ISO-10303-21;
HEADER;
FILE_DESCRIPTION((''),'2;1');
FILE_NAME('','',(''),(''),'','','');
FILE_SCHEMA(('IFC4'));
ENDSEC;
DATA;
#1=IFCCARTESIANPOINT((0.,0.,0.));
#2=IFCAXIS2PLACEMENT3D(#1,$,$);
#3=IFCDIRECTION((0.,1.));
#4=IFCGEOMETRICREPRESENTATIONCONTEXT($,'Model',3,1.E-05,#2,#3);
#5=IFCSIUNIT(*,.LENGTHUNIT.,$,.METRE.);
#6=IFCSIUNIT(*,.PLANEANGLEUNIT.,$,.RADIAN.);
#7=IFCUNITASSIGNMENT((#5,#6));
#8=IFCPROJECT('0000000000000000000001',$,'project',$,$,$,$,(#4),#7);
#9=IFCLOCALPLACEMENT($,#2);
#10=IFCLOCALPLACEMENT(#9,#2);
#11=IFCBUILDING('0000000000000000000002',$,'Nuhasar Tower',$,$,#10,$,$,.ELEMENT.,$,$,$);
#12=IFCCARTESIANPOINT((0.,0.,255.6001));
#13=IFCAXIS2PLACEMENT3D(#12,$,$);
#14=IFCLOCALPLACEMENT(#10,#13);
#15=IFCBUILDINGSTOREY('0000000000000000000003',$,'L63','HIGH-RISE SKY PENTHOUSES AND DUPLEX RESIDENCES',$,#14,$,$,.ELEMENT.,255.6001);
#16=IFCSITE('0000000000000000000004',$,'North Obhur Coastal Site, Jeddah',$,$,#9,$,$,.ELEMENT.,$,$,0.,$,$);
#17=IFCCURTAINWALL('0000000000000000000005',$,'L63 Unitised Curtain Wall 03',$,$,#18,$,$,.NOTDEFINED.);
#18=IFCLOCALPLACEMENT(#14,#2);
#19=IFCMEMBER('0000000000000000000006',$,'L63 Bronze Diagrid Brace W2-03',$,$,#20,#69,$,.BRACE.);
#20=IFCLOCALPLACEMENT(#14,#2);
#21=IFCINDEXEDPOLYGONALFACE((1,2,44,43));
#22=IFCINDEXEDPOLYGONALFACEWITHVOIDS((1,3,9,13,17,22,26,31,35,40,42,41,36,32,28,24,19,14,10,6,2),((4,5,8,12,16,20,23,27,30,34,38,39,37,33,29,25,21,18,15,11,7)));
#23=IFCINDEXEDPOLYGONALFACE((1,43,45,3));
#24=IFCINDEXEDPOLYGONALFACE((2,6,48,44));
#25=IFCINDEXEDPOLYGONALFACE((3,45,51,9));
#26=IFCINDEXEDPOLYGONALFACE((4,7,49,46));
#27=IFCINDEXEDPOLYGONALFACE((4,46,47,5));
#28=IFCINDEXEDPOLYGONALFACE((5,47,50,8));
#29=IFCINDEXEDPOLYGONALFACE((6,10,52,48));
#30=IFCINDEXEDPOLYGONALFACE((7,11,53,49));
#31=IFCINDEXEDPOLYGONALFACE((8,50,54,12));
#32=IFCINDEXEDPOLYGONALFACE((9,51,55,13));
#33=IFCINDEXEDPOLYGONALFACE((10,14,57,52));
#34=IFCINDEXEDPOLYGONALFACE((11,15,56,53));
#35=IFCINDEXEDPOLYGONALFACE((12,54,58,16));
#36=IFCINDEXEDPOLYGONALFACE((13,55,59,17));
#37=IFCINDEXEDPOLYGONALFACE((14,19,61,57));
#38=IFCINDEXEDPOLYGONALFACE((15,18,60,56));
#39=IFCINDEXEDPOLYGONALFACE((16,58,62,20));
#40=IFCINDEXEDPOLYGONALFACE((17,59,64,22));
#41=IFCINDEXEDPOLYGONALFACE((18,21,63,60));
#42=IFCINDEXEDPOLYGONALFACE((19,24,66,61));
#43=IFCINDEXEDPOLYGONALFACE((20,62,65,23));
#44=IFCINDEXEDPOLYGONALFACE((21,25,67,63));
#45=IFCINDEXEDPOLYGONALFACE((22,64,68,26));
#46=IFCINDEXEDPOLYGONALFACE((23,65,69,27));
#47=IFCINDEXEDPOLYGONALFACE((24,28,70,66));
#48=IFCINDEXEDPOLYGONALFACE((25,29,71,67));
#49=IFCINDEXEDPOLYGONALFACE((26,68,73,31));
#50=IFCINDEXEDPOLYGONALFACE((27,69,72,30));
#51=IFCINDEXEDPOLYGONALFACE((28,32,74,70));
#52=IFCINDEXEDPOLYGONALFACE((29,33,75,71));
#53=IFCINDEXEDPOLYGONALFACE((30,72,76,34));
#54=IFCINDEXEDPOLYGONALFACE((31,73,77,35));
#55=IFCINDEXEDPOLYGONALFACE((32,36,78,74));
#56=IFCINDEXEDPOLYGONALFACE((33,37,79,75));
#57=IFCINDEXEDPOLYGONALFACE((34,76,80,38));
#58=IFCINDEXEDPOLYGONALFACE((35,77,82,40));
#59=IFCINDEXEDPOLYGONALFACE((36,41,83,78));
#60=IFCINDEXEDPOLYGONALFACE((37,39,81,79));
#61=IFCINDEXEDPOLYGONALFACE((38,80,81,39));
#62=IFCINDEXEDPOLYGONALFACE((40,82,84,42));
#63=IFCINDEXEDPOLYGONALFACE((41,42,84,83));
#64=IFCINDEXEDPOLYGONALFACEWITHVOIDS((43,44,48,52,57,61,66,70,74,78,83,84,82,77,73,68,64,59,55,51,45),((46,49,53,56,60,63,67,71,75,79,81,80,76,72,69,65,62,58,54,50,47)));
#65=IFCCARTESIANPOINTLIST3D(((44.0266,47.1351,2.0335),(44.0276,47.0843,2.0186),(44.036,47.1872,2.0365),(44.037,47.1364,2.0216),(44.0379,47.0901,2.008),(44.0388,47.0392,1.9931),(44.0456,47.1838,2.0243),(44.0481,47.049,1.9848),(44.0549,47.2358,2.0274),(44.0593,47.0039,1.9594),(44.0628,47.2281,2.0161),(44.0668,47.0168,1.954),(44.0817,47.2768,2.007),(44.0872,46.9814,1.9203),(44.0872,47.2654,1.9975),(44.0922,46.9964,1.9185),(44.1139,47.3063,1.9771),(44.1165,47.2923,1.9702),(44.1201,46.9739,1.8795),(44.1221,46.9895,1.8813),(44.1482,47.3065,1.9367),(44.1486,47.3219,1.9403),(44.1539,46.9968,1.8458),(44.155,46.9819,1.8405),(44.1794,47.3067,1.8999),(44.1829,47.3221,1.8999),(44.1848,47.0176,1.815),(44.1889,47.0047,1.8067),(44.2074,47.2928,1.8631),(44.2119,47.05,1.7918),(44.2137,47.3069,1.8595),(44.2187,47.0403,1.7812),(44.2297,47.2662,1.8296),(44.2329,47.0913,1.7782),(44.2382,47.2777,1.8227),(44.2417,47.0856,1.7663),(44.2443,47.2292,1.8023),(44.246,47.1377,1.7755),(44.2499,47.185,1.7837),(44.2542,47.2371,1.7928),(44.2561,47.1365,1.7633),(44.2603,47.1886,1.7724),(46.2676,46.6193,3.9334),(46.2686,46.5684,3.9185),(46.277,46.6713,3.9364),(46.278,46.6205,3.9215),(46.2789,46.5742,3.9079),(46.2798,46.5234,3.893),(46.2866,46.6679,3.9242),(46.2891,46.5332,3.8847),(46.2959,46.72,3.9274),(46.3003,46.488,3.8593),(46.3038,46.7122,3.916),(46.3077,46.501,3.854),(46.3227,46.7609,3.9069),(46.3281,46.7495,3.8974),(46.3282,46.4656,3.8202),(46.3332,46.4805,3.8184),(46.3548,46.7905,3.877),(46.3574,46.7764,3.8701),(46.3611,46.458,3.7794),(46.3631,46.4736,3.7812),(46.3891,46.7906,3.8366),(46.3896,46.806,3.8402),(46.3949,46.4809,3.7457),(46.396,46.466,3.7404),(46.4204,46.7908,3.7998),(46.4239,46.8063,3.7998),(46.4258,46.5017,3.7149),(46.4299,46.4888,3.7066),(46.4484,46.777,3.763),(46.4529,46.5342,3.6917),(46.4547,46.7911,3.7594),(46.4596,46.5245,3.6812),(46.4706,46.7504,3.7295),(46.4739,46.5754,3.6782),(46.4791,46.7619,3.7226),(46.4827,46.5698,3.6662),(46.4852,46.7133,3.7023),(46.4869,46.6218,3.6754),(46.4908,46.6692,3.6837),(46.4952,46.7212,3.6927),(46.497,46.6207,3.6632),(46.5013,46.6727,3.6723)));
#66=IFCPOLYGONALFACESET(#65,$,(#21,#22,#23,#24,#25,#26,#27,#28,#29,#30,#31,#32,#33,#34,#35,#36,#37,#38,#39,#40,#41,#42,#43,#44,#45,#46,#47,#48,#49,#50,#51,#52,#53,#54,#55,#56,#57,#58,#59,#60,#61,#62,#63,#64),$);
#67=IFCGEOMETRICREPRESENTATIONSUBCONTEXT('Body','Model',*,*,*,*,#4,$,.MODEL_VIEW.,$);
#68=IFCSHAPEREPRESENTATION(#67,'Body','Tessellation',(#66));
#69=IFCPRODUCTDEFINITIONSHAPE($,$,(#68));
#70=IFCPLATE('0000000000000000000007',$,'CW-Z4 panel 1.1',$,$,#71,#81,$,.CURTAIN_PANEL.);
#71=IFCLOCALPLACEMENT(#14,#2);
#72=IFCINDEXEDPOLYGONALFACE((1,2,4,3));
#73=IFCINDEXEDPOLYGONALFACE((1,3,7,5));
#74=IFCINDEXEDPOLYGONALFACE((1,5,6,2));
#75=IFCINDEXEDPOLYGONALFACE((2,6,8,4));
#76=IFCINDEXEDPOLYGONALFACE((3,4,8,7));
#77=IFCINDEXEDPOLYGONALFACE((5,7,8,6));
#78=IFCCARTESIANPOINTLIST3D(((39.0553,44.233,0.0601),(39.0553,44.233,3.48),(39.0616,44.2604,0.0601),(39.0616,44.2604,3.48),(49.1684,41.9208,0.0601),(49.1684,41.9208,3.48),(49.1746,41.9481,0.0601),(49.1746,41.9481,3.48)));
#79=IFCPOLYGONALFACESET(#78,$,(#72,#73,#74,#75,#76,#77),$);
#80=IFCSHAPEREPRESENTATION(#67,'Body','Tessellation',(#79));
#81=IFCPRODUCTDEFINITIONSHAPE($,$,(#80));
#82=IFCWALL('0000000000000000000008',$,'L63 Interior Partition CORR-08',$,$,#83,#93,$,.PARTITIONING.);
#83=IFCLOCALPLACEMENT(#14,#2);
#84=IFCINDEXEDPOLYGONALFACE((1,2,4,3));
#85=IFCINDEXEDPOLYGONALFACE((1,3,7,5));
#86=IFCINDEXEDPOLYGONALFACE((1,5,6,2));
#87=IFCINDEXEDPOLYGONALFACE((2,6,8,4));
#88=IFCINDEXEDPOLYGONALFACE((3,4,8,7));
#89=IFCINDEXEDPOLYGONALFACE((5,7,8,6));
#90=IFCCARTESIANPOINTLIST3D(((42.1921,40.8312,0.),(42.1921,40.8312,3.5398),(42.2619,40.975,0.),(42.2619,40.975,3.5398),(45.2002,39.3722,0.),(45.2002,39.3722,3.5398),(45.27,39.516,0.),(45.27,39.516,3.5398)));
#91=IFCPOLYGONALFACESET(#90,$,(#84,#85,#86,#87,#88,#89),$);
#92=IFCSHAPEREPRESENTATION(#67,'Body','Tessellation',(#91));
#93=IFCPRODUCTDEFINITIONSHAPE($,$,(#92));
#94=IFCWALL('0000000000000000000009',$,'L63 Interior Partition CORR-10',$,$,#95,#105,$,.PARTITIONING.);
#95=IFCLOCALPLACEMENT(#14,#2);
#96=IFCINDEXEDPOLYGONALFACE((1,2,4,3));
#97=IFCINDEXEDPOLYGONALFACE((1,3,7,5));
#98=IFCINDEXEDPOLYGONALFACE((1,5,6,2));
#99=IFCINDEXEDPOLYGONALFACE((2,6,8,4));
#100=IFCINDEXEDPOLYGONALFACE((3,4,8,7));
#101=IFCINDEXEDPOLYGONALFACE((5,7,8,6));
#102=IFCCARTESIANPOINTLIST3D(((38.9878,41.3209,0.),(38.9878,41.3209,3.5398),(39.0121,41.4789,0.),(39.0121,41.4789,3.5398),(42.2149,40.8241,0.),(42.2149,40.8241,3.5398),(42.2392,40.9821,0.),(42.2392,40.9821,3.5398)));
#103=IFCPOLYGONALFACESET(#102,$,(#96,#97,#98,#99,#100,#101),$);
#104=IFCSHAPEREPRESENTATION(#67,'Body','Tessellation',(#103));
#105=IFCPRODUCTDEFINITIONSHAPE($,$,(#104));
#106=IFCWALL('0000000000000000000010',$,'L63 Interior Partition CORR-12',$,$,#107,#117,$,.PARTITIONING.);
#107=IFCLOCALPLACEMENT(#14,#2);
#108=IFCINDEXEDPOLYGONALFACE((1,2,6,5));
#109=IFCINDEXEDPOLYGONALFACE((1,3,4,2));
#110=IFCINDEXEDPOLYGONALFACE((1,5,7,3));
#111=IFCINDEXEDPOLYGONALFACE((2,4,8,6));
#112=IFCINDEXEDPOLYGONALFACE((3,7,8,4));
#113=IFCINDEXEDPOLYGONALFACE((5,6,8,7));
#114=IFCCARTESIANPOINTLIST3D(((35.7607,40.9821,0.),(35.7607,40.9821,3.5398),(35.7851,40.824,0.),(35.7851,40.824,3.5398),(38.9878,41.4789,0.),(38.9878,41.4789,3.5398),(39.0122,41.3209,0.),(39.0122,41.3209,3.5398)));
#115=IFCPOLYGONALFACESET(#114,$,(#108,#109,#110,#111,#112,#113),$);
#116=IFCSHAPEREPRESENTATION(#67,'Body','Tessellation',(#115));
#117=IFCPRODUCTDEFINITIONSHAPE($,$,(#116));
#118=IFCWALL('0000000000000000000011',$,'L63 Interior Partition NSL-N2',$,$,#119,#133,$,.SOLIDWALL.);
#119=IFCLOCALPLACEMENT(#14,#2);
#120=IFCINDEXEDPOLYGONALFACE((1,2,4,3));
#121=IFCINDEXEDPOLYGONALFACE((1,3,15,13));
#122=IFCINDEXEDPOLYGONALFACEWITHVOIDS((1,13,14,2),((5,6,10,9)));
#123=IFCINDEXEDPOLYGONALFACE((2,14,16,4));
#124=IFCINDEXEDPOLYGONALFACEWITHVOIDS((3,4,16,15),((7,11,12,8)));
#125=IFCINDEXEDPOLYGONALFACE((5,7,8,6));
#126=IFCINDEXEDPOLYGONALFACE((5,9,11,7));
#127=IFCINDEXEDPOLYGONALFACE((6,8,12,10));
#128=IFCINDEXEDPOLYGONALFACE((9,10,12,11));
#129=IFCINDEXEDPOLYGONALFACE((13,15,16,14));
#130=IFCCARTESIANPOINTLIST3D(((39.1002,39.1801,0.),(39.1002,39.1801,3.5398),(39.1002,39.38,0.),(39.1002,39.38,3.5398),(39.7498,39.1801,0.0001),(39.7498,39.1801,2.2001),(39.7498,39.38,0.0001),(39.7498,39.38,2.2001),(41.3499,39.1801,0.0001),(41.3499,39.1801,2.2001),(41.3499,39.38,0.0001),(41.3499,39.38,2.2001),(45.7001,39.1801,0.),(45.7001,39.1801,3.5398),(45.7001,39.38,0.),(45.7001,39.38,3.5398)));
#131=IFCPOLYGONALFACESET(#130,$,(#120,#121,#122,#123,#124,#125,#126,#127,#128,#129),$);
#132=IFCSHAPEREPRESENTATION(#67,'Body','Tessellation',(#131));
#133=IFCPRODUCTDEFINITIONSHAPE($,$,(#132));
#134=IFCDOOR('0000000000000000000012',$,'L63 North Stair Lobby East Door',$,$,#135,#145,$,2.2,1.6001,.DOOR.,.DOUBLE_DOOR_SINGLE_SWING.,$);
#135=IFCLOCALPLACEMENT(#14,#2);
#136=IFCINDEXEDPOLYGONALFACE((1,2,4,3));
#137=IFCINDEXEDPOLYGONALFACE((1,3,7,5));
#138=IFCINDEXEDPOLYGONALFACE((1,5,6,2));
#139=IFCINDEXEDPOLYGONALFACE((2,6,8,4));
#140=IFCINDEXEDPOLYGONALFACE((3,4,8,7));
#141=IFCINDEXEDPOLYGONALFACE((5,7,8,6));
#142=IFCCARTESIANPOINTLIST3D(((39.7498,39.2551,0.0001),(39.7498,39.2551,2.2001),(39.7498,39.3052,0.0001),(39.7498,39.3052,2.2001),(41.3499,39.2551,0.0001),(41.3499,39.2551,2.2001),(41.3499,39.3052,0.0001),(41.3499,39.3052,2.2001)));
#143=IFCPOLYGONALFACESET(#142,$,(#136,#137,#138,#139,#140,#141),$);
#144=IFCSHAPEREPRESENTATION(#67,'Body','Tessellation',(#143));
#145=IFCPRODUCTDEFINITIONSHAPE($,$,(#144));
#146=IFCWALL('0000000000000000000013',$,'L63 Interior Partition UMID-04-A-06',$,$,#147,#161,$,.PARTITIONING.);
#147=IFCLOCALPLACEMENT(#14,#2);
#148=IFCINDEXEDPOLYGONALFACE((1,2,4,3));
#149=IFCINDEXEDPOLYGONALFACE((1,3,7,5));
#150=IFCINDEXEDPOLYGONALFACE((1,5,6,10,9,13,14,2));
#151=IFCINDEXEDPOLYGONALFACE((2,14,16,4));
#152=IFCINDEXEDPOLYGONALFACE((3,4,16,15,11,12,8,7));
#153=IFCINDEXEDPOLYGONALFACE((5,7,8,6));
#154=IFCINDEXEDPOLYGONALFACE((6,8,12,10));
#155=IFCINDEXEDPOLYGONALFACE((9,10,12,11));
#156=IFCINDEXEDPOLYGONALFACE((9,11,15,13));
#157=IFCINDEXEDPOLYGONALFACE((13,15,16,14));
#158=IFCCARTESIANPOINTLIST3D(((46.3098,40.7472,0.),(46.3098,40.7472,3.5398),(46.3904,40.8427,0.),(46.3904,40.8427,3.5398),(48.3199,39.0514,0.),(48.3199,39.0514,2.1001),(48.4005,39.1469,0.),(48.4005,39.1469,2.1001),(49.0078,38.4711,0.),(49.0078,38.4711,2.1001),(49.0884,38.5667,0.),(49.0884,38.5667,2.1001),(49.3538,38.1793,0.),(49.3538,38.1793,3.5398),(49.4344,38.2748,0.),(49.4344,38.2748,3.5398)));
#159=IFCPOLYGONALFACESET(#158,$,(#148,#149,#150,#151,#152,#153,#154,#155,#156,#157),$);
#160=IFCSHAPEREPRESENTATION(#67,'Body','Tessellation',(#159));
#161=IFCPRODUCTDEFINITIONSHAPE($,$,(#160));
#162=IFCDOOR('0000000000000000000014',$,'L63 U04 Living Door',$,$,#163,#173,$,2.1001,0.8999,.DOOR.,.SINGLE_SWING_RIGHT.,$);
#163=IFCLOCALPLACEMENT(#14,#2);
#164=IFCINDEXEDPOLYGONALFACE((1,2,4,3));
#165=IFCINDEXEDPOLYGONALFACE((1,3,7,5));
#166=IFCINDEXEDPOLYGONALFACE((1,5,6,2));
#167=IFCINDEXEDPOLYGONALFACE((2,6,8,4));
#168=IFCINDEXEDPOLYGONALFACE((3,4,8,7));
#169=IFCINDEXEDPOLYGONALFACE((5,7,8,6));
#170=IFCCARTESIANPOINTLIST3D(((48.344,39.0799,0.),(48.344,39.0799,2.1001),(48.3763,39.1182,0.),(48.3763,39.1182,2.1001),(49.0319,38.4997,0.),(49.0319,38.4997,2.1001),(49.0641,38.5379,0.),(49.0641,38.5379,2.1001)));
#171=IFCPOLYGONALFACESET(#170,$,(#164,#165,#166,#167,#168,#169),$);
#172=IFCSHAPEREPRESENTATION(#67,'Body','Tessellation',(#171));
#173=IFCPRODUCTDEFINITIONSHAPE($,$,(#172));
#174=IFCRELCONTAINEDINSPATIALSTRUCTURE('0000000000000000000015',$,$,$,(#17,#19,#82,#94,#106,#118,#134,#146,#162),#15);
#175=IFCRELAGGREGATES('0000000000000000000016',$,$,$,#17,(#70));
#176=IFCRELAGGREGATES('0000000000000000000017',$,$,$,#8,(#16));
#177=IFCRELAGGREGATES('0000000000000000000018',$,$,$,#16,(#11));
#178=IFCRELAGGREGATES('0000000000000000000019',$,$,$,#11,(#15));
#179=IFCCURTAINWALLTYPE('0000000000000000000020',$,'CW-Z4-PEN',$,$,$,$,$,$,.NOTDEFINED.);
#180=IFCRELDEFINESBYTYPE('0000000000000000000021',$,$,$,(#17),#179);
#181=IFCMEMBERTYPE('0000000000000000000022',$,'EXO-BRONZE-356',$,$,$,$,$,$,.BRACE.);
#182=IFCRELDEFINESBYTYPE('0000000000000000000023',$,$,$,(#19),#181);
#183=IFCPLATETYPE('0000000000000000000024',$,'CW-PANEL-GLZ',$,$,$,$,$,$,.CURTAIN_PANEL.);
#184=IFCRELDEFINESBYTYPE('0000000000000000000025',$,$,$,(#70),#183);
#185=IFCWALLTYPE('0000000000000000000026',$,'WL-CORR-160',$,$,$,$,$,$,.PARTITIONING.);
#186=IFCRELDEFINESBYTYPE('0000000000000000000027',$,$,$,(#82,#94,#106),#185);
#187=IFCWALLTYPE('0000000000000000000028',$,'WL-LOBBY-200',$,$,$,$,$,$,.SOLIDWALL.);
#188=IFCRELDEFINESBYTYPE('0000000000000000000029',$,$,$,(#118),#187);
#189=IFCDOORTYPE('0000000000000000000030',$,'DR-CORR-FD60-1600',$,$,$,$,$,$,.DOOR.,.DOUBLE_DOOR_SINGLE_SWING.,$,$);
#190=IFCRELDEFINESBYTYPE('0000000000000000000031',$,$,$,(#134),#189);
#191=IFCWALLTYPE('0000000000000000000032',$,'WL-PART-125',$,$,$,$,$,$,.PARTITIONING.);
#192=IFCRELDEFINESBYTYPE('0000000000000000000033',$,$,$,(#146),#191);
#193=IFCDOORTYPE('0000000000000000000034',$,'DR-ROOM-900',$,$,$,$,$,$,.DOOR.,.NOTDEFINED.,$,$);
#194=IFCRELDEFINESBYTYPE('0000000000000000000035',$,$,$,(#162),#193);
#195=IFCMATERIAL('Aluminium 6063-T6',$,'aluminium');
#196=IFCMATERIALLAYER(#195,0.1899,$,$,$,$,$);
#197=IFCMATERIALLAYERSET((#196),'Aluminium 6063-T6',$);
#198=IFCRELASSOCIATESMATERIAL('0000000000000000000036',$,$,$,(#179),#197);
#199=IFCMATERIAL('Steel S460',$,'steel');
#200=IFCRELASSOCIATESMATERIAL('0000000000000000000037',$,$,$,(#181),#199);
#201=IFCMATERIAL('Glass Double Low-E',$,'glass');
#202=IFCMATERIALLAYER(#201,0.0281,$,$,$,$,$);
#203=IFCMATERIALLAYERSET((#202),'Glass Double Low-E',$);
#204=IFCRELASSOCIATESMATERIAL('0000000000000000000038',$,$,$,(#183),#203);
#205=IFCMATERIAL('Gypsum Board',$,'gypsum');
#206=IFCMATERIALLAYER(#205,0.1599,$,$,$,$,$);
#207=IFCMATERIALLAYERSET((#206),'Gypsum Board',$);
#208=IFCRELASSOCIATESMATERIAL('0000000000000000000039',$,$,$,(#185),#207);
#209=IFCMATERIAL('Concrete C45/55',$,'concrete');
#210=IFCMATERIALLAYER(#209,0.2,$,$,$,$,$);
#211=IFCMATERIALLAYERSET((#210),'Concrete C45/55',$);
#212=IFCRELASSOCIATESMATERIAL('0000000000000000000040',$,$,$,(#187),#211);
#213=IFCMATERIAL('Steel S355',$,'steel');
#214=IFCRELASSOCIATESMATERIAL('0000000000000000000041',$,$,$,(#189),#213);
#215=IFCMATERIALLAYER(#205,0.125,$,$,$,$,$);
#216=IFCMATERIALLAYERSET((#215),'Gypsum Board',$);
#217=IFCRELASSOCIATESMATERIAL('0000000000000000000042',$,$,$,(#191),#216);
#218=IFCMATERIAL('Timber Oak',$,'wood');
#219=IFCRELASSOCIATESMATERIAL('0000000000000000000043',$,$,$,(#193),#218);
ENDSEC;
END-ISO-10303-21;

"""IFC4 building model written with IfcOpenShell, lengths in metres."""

from ifc_helpers import new_model, si_unit, direction, frame, frame_2d, origin, origin_2d, place, context, subcontext, project, spatial, rectangle, hollow_circle, extrude, material, layer, layer_set, material_profile, profile_set, type_object, element, fill, aggregate, save


model = new_model("IFC4")

# Units and contexts
model_context = context("Model", 3, precision=1e-05, world=origin(), true_north=direction((0.0, 1.0)))
body_context = subcontext(model_context, "Body", "Model", "MODEL_VIEW")
ifc_project = project(units=[si_unit("LENGTHUNIT", "METRE"), si_unit("PLANEANGLEUNIT", "RADIAN")], contexts=[model_context])

# Site, building, storey
site_placement = place(None, origin())
site = spatial("IfcSite", under=ifc_project, at=site_placement, Name="North Obhur Coastal Site, Jeddah", CompositionType="ELEMENT", RefElevation=0.0)
building_placement = place(site_placement, origin())
building = spatial("IfcBuilding", under=site, at=building_placement, Name="Nuhasar Tower", CompositionType="ELEMENT")
storey_placement = place(building_placement, frame((0.0, 0.0, 255.6001)))
storey = spatial("IfcBuildingStorey", under=building, at=storey_placement, Name="L63", Description="HIGH-RISE SKY PENTHOUSES AND DUPLEX RESIDENCES", CompositionType="ELEMENT", Elevation=255.6001)

# Shared definitions
ifc_material_1 = material(Name="Steel S355", Category="steel")
ifc_material_2 = material(Name="Steel S460", Category="steel")

# Curtain wall
ifc_material_3 = material(Name="Aluminium 6063-T6", Category="aluminium")
ifc_layer_1 = layer(ifc_material_3, 0.1899)
ifc_layer_set_1 = layer_set([ifc_layer_1], Name="Aluminium 6063-T6")
curtain_wall_type = type_object("IfcCurtainWallType", Name="CW-Z4-PEN", PredefinedType="NOTDEFINED", material=ifc_layer_set_1)
curtain_wall_placement = place(storey_placement, origin())
curtain_wall = element("IfcCurtainWall", 1, at=curtain_wall_placement, inside=storey, type_object=curtain_wall_type, Name="L63 Unitised Curtain Wall 03", PredefinedType="NOTDEFINED")

# Member
ifc_material_profile_1 = material_profile(ifc_material_2, hollow_circle(Radius=0.1777, WallThickness=0.0159, at=origin_2d()), Name="HSS355.6X15.9")
ifc_profile_set_1 = profile_set([ifc_material_profile_1], Name="Steel S460")
member_type_1 = type_object("IfcMemberType", Name="EXO-BRONZE-356", PredefinedType="BRACE", material=ifc_profile_set_1)
member_1_placement = place(storey_placement, frame((44.1431, 47.1489, 1.8999), z_axis=(0.751272, -0.172942, 0.636932), x_axis=(0.224332, 0.974513, 0.0)))
element("IfcMember", 2, at=member_1_placement, inside=storey, type_object=member_type_1, Name="L63 Bronze Diagrid Brace W2-03", PredefinedType="BRACE", context=body_context, shape_type="SweptSolid", body=[
    extrude(hollow_circle(Radius=0.1777, WallThickness=0.0159, at=origin_2d()), origin(), (0.0, 0.0, 1.0), 2.9829),
])

# Plate
ifc_material_4 = material(Name="Glass Double Low-E", Category="glass")
ifc_layer_2 = layer(ifc_material_4, 0.0281)
ifc_layer_set_2 = layer_set([ifc_layer_2], Name="Glass Double Low-E")
plate_type = type_object("IfcPlateType", Name="CW-PANEL-GLZ", PredefinedType="CURTAIN_PANEL", material=ifc_layer_set_2)
plate_placement = place(storey_placement, frame((44.115, 43.0906, 0.0601), z_axis=(0.0, 0.0, 1.0), x_axis=(-0.974844, 0.222889, 0.0)))
plate = element("IfcPlate", 3, at=plate_placement, type_object=plate_type, Name="CW-Z4 panel 1.1", PredefinedType="CURTAIN_PANEL", context=body_context, shape_type="SweptSolid", body=[
    extrude(rectangle(XDim=10.374, YDim=0.0281, at=origin_2d()), origin(), (0.0, 0.0, 1.0), 3.4199),
])
aggregate(curtain_wall, [plate])

# Shared definitions
ifc_material_5 = material(Name="Gypsum Board", Category="gypsum")
ifc_layer_3 = layer(ifc_material_5, 0.1599)
ifc_layer_set_3 = layer_set([ifc_layer_3], Name="Gypsum Board")
wall_type_1 = type_object("IfcWallType", Name="WL-CORR-160", PredefinedType="PARTITIONING", material=ifc_layer_set_3)
ifc_material_6 = material(Name="Timber Oak", Category="wood")

# Walls
wall_1_placement = place(storey_placement, frame((45.2351, 39.4441, 0.0), z_axis=(0.0, 0.0, 1.0), x_axis=(-0.899752, 0.436403, 0.0)))
element("IfcWall", 4, at=wall_1_placement, inside=storey, type_object=wall_type_1, Name="L63 Interior Partition CORR-08", PredefinedType="PARTITIONING", context=body_context, shape_type="SweptSolid", body=[
    extrude(rectangle(XDim=3.3433, YDim=0.1599, at=frame_2d((1.6716, 0.0))), origin(), (0.0, 0.0, 1.0), 3.5398),
])
for number, where, z_axis, x_axis, name in (
    (5, (42.2271, 40.9031, 0.0), (0.0, 0.0, 1.0), (-0.988355, 0.152164, 0.0), "L63 Interior Partition CORR-10"),
    (6, (39.0, 41.3999, 0.0), (0.0, 0.0, 1.0), (-0.988355, -0.152164, 0.0), "L63 Interior Partition CORR-12"),
):
    element("IfcWall", number, at=place(storey_placement, frame(where, z_axis=z_axis, x_axis=x_axis)), inside=storey, type_object=wall_type_1, Name=name, PredefinedType="PARTITIONING", context=body_context, shape_type="SweptSolid", body=[
        extrude(rectangle(XDim=3.2651, YDim=0.1599, at=frame_2d((1.6326, 0.0))), origin(), (0.0, 0.0, 1.0), 3.5398),
    ])

# Walls, openings, doors
ifc_material_7 = material(Name="Concrete C45/55", Category="concrete")
ifc_layer_4 = layer(ifc_material_7, 0.2)
ifc_layer_set_4 = layer_set([ifc_layer_4], Name="Concrete C45/55")
wall_type_2 = type_object("IfcWallType", Name="WL-LOBBY-200", PredefinedType="SOLIDWALL", material=ifc_layer_set_4)
wall_2_placement = place(storey_placement, frame((45.7, 39.28, 0.0), z_axis=(0.0, 0.0, 1.0), x_axis=(-1.0, 0.0, 0.0)))
wall_2 = element("IfcWall", 7, at=wall_2_placement, inside=storey, type_object=wall_type_2, Name="L63 Interior Partition NSL-N2", PredefinedType="SOLIDWALL", context=body_context, shape_type="SweptSolid", body=[
    extrude(rectangle(XDim=6.5999, YDim=0.2, at=frame_2d((3.2998, 0.0))), origin(), (0.0, 0.0, 1.0), 3.5398),
])
opening_1_placement = place(wall_2_placement, frame((4.3501, 0.0, 0.0)))
opening_1 = element("IfcOpeningElement", 8, at=opening_1_placement, cuts=wall_2, PredefinedType="OPENING", context=body_context, shape_type="SweptSolid", body=[
    extrude(rectangle(XDim=1.6001, YDim=2.2, at=frame_2d((0.8, 1.1001))), frame((0.0, 0.1099, 0.0), z_axis=(0.0, -1.0, 0.0), x_axis=(1.0, 0.0, 0.0)), (0.0, 0.0, 1.0), 0.22),
])
door_type_1 = type_object("IfcDoorType", Name="DR-CORR-FD60-1600", OperationType="DOUBLE_DOOR_SINGLE_SWING", PredefinedType="DOOR", material=ifc_material_1)
door_1_placement = place(opening_1_placement, origin())
door_1 = element("IfcDoor", 9, at=door_1_placement, inside=storey, type_object=door_type_1, Name="L63 North Stair Lobby East Door", OperationType="DOUBLE_DOOR_SINGLE_SWING", OverallHeight=2.2, OverallWidth=1.6001, PredefinedType="DOOR", context=body_context, shape_type="SweptSolid", body=[
    extrude(rectangle(XDim=1.6001, YDim=2.2, at=frame_2d((0.8, 1.1001))), frame((0.0, 0.0249, 0.0), z_axis=(0.0, -1.0, 0.0), x_axis=(1.0, 0.0, 0.0)), (0.0, 0.0, 1.0), 0.05),
])
fill(opening_1, door_1)
ifc_layer_5 = layer(ifc_material_5, 0.125)
ifc_layer_set_5 = layer_set([ifc_layer_5], Name="Gypsum Board")
wall_type_3 = type_object("IfcWallType", Name="WL-PART-125", PredefinedType="PARTITIONING", material=ifc_layer_set_5)
wall_3_placement = place(storey_placement, frame((46.3501, 40.7949, 0.0), z_axis=(0.0, 0.0, 1.0), x_axis=(0.764348, -0.644804, 0.0)))
wall_3 = element("IfcWall", 10, at=wall_3_placement, inside=storey, type_object=wall_type_3, Name="L63 Interior Partition UMID-04-A-06", PredefinedType="PARTITIONING", context=body_context, shape_type="SweptSolid", body=[
    extrude(rectangle(XDim=3.9824, YDim=0.125, at=frame_2d((1.9912, 0.0))), origin(), (0.0, 0.0, 1.0), 3.5398),
])
opening_2_placement = place(wall_3_placement, frame((2.6299, 0.0, 0.0)))
opening_2 = element("IfcOpeningElement", 11, at=opening_2_placement, cuts=wall_3, PredefinedType="OPENING", context=body_context, shape_type="SweptSolid", body=[
    extrude(rectangle(XDim=0.8999, YDim=2.1001, at=frame_2d((0.45, 1.05))), frame((0.0, 0.0725, 0.0), z_axis=(0.0, -1.0, 0.0), x_axis=(1.0, 0.0, 0.0)), (0.0, 0.0, 1.0), 0.145),
])
door_type_2 = type_object("IfcDoorType", Name="DR-ROOM-900", OperationType="NOTDEFINED", PredefinedType="DOOR", material=ifc_material_6)
door_2_placement = place(opening_2_placement, origin())
door_2 = element("IfcDoor", 12, at=door_2_placement, inside=storey, type_object=door_type_2, Name="L63 U04 Living Door", OperationType="SINGLE_SWING_RIGHT", OverallHeight=2.1001, OverallWidth=0.8999, PredefinedType="DOOR", context=body_context, shape_type="SweptSolid", body=[
    extrude(rectangle(XDim=0.8999, YDim=2.1001, at=frame_2d((0.45, 1.05))), frame((0.0, 0.0249, 0.0), z_axis=(0.0, -1.0, 0.0), x_axis=(1.0, 0.0, 0.0)), (0.0, 0.0, 1.0), 0.05),
])
fill(opening_2, door_2)

save(model, "model.ifc")
